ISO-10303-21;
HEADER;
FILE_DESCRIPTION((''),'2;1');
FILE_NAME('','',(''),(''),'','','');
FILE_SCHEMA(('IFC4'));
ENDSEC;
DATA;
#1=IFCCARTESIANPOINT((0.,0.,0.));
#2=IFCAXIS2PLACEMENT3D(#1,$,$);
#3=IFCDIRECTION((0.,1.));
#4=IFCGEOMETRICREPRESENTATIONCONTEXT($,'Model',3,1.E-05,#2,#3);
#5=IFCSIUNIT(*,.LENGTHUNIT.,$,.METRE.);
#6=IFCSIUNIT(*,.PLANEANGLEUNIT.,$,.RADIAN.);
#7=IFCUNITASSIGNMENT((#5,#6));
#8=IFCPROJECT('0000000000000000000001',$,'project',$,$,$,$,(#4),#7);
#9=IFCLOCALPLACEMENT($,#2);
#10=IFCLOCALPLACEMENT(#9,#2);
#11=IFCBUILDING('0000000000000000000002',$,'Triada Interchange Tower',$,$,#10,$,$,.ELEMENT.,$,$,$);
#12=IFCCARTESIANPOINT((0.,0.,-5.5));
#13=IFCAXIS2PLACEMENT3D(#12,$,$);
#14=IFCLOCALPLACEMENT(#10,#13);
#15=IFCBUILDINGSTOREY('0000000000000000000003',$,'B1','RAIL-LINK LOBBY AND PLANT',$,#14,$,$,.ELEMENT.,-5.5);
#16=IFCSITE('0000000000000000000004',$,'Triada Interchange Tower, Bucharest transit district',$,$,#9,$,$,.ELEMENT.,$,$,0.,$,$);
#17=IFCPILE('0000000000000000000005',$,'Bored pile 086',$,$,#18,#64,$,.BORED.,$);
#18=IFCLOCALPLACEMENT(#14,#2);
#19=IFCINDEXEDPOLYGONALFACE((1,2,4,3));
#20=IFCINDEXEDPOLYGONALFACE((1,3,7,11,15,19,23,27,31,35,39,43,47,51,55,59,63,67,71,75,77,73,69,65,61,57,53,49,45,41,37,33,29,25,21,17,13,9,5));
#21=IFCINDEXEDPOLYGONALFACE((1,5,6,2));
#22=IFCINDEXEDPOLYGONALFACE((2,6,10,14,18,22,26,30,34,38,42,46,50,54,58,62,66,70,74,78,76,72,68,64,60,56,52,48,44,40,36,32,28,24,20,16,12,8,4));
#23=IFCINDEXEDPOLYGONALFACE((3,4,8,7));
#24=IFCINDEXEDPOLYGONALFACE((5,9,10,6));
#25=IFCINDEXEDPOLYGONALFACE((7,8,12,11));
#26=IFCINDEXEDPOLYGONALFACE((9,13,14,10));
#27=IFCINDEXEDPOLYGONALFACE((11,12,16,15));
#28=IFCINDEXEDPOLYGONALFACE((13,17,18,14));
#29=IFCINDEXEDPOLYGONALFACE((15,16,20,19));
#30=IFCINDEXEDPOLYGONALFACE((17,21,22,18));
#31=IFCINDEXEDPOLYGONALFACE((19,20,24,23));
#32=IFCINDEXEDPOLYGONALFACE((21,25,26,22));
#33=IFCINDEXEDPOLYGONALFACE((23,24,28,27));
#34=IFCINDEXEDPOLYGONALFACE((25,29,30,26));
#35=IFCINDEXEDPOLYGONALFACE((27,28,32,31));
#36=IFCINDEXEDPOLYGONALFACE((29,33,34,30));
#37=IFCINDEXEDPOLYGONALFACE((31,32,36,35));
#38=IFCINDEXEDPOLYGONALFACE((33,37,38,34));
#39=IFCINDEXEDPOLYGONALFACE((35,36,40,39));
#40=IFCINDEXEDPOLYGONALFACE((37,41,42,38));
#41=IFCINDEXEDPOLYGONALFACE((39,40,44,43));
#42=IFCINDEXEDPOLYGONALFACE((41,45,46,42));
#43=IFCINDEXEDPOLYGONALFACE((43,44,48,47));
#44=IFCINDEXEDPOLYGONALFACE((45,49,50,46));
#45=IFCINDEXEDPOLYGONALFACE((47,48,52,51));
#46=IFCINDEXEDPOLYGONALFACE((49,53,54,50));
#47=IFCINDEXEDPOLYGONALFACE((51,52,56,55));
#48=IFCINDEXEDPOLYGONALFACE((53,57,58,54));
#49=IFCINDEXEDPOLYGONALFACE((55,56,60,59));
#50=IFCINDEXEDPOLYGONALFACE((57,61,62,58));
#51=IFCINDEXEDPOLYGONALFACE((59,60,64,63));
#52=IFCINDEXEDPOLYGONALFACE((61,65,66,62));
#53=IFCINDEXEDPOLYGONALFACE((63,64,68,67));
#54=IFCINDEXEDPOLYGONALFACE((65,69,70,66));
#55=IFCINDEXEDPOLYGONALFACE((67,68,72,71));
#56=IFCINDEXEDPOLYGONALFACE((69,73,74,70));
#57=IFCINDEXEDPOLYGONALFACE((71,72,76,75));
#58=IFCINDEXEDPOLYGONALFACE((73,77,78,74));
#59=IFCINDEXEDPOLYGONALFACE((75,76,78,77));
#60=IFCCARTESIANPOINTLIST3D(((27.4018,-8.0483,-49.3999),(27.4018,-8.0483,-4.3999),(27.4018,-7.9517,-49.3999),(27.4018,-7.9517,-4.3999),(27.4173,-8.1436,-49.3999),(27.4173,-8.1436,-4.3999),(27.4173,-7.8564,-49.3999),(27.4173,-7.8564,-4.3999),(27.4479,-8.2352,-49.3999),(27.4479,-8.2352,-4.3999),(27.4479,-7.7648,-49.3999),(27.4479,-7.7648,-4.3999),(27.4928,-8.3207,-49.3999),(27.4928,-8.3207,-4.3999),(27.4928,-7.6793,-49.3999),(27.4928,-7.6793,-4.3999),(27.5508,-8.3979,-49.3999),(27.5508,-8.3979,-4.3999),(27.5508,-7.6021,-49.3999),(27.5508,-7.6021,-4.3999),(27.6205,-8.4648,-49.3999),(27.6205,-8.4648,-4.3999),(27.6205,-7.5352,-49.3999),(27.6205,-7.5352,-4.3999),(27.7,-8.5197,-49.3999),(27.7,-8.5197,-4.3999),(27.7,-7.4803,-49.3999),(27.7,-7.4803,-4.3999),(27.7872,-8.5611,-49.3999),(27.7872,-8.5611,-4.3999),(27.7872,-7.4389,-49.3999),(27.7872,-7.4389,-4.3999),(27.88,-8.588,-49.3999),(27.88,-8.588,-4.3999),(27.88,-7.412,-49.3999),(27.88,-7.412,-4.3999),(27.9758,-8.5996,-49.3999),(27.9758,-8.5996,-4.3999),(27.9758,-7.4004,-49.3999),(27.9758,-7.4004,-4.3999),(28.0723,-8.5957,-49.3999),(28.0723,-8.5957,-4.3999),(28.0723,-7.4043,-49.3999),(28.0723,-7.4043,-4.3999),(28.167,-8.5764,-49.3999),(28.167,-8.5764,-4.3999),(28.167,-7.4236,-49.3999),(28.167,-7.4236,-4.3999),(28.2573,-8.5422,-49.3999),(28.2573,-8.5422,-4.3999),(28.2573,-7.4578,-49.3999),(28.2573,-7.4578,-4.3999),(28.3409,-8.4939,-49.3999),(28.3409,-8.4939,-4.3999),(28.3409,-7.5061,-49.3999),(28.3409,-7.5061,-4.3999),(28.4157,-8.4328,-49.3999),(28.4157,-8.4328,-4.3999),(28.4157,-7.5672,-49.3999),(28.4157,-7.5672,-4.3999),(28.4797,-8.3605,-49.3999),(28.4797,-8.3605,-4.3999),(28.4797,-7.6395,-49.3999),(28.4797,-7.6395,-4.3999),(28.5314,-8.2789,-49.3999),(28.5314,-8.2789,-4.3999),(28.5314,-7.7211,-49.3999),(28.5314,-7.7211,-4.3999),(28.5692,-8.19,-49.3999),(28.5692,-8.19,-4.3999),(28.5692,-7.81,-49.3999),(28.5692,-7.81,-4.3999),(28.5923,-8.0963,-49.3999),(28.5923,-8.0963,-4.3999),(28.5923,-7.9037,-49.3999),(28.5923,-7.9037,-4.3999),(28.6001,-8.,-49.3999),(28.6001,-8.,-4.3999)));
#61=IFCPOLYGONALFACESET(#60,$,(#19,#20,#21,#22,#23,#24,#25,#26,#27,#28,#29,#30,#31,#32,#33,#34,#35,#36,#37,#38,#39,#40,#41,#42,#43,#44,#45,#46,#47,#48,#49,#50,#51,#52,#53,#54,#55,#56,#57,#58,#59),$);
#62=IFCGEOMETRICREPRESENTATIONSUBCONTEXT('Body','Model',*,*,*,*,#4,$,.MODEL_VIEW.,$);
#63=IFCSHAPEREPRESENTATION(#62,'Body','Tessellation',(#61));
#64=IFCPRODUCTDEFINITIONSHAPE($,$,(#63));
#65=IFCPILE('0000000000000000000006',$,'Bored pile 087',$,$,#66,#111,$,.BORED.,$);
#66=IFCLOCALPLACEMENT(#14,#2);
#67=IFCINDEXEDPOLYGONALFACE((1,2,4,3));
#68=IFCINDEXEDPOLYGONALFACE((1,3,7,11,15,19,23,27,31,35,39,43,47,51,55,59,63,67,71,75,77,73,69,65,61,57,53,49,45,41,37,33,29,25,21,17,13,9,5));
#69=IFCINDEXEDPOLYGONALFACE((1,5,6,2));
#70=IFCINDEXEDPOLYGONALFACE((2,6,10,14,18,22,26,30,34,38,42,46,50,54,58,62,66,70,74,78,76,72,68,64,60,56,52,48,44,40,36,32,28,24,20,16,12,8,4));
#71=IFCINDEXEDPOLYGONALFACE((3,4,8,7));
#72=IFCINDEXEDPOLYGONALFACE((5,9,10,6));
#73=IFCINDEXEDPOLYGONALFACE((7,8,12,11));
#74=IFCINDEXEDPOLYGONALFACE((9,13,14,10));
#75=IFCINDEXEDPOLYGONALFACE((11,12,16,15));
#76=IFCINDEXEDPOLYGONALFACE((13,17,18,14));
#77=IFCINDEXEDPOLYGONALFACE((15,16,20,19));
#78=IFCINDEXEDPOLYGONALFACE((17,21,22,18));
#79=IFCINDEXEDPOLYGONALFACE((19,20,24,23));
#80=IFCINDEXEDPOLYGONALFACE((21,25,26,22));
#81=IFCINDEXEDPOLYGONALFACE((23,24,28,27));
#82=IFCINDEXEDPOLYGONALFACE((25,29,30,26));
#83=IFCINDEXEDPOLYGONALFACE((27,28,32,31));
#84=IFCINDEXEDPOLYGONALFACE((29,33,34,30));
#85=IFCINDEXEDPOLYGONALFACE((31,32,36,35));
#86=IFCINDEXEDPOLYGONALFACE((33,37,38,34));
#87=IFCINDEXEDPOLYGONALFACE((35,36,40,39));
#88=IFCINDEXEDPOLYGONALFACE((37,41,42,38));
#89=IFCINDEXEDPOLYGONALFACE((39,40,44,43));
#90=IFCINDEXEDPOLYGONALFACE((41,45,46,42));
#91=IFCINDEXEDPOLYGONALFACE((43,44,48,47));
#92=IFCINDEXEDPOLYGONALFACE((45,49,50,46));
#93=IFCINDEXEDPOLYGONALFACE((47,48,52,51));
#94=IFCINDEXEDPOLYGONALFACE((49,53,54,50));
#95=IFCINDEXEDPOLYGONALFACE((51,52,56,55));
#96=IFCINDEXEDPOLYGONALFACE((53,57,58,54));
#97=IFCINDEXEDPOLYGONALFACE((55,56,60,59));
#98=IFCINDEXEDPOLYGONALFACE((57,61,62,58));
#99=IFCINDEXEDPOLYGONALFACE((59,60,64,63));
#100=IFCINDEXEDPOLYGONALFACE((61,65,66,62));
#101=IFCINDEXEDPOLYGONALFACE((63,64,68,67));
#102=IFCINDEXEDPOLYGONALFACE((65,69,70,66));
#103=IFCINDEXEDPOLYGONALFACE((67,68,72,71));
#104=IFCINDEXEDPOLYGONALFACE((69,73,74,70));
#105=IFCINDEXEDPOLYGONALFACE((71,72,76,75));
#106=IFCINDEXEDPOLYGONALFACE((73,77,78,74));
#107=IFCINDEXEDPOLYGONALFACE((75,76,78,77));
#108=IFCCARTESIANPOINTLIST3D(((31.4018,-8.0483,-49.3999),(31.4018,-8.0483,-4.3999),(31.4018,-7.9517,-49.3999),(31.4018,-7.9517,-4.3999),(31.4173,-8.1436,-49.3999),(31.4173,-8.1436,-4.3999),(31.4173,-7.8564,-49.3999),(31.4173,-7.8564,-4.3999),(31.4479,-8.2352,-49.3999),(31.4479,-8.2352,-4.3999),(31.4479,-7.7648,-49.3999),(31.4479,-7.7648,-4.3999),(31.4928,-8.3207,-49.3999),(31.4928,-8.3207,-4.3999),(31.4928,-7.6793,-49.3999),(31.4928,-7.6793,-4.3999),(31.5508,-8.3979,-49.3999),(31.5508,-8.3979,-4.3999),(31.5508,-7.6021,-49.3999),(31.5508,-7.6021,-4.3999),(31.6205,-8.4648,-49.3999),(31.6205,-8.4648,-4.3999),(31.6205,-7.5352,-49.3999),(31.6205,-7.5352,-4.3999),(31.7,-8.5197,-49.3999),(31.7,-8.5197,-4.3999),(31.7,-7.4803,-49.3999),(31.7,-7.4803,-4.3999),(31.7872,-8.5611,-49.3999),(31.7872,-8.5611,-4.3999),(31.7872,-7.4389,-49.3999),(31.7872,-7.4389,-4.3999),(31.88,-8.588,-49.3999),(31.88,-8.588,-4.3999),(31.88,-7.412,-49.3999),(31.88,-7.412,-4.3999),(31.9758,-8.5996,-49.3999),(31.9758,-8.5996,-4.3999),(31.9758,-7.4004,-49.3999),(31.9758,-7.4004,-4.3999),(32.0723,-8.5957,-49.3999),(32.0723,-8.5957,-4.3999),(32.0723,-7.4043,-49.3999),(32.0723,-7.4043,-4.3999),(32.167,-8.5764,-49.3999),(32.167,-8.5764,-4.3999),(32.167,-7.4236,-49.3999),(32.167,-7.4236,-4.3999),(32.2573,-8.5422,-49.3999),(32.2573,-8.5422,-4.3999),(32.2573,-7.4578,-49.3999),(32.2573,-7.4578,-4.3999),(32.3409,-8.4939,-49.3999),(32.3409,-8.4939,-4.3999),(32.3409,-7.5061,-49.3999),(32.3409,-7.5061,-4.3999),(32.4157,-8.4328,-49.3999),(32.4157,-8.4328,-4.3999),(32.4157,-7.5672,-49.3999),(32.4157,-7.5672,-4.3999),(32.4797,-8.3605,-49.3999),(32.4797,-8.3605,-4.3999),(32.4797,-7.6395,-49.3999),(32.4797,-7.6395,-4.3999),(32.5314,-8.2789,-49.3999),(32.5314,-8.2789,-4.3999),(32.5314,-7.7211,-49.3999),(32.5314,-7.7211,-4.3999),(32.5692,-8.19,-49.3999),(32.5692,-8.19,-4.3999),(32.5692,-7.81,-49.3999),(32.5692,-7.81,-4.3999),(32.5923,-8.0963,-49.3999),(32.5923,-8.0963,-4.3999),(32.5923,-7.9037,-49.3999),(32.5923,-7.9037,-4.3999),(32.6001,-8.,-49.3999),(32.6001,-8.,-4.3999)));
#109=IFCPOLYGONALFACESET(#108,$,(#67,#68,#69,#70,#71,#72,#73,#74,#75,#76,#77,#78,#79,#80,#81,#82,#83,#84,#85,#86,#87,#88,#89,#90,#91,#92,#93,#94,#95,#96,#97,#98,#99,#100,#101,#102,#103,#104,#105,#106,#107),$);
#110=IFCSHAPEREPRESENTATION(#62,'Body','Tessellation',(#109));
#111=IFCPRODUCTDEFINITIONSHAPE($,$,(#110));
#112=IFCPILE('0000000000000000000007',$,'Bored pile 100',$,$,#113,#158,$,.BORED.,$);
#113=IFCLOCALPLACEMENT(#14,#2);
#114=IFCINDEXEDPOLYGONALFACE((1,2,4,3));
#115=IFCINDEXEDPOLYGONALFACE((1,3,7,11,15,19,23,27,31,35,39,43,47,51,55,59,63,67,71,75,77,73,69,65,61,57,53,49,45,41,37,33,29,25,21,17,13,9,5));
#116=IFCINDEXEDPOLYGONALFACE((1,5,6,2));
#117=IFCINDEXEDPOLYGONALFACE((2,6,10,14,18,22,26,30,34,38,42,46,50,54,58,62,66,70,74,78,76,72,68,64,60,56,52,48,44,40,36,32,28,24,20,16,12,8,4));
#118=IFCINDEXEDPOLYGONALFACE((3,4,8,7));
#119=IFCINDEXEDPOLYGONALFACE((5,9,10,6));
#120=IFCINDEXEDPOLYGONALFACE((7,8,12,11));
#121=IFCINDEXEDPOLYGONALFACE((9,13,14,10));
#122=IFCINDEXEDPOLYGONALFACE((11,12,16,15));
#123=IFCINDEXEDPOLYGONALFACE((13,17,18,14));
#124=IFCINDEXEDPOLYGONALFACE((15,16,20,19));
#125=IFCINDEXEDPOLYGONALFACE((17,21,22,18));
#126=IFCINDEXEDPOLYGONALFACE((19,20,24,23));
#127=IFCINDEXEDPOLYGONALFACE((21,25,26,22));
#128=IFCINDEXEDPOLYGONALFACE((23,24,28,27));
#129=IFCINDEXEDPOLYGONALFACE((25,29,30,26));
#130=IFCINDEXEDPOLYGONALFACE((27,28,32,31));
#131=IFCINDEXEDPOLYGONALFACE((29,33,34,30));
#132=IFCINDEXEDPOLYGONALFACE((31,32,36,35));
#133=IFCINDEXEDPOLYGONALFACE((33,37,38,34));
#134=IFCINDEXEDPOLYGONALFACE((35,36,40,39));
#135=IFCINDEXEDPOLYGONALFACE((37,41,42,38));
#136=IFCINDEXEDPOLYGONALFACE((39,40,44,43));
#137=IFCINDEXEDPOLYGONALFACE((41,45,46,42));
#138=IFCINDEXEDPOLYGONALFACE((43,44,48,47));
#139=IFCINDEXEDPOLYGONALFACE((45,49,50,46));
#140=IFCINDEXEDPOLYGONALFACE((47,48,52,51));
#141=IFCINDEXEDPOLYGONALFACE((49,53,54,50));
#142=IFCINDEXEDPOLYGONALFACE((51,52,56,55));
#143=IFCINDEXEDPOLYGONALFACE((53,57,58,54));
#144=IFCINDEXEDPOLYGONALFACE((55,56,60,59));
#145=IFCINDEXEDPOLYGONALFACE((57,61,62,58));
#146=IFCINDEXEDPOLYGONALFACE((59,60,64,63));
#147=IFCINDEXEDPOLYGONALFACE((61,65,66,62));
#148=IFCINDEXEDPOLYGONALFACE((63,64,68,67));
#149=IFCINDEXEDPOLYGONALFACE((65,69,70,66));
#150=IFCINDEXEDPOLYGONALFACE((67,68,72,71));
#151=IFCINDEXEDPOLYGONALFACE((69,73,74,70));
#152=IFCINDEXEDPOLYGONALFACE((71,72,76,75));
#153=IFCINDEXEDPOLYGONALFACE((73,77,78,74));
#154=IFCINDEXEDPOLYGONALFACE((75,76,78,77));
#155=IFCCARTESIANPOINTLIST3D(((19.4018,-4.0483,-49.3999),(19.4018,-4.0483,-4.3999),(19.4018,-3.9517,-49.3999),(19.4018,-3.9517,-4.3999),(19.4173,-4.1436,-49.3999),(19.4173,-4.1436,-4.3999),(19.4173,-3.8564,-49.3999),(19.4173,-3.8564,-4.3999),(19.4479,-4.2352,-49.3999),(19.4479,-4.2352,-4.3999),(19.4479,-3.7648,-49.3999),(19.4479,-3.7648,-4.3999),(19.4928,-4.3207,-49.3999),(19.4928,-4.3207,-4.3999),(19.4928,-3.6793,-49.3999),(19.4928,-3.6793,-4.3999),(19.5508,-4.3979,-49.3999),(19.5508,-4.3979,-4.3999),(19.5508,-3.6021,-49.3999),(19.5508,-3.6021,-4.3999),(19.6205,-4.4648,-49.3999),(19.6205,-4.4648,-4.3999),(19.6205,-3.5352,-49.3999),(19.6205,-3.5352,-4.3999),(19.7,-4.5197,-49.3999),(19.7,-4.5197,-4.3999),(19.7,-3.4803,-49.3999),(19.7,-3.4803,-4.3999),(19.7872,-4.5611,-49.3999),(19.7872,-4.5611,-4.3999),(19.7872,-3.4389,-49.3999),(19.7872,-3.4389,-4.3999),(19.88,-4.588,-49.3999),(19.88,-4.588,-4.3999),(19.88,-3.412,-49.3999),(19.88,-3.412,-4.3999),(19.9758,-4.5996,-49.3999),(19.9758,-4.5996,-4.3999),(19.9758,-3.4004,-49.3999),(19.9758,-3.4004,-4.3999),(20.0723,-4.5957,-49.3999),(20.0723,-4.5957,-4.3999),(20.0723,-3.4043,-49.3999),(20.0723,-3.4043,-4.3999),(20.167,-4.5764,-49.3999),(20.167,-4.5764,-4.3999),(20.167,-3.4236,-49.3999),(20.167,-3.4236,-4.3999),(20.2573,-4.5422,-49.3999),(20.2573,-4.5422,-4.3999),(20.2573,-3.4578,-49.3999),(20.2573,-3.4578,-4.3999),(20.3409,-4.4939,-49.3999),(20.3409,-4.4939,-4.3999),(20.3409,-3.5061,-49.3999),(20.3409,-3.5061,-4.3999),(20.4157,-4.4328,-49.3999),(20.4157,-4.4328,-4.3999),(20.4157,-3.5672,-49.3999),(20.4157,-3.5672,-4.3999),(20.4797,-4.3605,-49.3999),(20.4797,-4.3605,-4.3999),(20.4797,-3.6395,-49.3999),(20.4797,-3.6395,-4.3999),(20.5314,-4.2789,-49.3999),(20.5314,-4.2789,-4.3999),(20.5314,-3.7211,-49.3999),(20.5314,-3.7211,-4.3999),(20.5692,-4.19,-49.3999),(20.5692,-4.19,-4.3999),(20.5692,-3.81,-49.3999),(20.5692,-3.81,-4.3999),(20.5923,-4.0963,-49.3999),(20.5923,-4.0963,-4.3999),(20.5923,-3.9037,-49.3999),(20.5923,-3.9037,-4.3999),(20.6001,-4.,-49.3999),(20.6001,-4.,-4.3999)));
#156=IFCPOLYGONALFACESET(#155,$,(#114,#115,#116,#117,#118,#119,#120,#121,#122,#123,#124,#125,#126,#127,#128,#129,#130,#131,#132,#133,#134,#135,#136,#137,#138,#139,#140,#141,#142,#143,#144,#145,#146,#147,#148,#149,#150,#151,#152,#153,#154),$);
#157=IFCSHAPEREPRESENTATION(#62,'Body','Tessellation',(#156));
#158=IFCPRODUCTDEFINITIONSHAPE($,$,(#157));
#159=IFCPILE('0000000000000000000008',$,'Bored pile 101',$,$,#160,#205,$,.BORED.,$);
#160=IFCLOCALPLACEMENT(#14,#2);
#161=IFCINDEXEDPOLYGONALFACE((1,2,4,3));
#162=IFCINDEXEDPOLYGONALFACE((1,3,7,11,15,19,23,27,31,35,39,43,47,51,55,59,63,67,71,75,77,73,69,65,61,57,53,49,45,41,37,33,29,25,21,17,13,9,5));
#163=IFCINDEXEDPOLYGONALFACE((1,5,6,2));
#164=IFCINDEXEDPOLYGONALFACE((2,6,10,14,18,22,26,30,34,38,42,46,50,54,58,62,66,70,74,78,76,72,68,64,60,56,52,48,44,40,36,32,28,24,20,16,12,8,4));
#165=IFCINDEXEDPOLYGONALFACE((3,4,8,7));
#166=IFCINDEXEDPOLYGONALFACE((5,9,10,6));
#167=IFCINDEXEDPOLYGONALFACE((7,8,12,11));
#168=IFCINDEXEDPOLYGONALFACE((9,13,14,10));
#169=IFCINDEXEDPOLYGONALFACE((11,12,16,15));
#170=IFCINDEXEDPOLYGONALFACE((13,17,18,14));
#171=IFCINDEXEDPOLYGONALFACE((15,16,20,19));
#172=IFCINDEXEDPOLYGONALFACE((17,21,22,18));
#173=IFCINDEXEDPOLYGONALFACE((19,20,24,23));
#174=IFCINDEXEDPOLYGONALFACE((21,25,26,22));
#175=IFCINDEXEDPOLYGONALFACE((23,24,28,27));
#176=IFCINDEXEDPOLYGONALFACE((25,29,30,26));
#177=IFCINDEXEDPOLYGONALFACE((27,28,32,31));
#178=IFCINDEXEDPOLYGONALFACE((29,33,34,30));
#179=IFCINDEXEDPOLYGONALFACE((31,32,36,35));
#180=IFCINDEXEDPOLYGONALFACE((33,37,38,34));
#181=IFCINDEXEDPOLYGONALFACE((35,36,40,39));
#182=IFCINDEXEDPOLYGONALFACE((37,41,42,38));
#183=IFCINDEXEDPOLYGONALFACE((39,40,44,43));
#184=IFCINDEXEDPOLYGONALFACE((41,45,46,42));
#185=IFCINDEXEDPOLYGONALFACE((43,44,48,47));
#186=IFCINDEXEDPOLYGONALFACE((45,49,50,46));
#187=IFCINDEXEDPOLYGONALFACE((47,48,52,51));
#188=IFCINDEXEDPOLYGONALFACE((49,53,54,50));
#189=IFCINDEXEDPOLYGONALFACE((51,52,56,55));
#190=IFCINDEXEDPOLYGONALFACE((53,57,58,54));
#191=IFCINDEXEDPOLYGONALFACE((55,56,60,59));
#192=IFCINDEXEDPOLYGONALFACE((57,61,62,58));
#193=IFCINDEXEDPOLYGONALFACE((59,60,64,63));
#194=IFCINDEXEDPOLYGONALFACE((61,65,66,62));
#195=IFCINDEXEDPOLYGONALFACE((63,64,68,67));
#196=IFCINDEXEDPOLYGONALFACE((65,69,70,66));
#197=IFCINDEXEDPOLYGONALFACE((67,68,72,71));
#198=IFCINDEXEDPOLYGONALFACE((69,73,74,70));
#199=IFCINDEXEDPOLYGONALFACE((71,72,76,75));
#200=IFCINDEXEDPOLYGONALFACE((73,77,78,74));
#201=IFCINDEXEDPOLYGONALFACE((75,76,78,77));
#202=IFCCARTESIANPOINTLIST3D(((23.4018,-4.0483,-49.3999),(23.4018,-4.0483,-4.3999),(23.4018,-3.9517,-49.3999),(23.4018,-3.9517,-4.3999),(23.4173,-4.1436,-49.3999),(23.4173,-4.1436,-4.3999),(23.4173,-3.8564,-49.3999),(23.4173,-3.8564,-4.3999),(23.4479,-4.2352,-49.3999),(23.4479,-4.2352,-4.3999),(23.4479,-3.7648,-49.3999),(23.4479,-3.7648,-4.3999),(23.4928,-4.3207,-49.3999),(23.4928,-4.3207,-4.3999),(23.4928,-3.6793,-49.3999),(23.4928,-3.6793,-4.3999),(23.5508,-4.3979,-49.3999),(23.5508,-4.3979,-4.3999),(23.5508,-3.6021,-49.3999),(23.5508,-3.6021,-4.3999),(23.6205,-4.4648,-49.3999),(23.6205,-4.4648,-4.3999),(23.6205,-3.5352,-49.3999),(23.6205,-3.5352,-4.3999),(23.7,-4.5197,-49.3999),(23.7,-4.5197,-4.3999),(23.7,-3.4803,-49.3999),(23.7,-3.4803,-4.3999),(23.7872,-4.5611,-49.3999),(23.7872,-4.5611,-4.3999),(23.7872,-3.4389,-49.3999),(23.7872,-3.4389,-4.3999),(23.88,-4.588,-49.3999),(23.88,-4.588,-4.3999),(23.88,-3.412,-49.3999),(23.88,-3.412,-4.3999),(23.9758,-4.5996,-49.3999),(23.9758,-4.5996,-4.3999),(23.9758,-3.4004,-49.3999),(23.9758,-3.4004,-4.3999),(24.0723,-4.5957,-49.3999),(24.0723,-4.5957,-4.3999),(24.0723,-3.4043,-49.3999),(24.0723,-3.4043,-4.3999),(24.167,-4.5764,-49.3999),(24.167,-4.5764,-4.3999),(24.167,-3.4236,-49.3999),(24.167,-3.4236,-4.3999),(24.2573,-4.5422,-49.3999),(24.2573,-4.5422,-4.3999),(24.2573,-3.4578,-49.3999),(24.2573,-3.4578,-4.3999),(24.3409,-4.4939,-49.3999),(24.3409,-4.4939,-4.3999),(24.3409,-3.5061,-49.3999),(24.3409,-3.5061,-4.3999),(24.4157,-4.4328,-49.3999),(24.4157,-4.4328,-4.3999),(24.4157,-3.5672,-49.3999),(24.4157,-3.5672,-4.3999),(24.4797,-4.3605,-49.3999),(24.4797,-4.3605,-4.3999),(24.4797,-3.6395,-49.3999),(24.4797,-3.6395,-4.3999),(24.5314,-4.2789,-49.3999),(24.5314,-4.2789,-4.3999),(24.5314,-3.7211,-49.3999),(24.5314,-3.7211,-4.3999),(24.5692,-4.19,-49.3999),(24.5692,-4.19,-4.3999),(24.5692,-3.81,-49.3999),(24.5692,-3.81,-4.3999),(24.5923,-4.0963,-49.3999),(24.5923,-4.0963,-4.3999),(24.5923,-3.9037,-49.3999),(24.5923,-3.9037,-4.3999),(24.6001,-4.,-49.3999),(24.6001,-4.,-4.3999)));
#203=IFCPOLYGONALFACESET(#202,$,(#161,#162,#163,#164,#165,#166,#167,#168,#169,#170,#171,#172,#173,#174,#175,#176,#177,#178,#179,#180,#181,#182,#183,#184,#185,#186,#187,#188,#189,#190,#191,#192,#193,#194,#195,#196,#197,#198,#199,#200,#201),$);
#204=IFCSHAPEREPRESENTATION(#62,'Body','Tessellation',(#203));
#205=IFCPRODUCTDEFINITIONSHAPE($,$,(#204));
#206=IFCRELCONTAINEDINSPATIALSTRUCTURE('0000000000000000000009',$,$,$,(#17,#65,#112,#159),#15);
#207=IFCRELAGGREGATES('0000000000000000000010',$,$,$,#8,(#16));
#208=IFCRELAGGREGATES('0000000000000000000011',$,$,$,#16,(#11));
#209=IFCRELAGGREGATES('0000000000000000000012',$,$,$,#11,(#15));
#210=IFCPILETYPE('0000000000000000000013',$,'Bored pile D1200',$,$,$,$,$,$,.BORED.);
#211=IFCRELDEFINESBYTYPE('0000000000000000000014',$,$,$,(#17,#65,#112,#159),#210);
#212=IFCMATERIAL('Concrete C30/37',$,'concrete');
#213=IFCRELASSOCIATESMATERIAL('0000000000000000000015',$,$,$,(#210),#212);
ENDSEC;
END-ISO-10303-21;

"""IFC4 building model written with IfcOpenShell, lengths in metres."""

from ifc_helpers import new_model, si_unit, direction, frame, origin, origin_2d, place, context, subcontext, project, spatial, circle, extrude, material, material_profile, profile_set, type_object, element, save


model = new_model("IFC4")

# Units and contexts
model_context = context("Model", 3, precision=1e-05, world=origin(), true_north=direction((0.0, 1.0)))
body_context = subcontext(model_context, "Body", "Model", "MODEL_VIEW")
ifc_project = project(units=[si_unit("LENGTHUNIT", "METRE"), si_unit("PLANEANGLEUNIT", "RADIAN")], contexts=[model_context])

# Site, building, storey
site_placement = place(None, origin())
site = spatial("IfcSite", under=ifc_project, at=site_placement, Name="Triada Interchange Tower, Bucharest transit district", CompositionType="ELEMENT", RefElevation=0.0)
building_placement = place(site_placement, origin())
building = spatial("IfcBuilding", under=site, at=building_placement, Name="Triada Interchange Tower", CompositionType="ELEMENT")
storey_placement = place(building_placement, frame((0.0, 0.0, -5.5)))
storey = spatial("IfcBuildingStorey", under=building, at=storey_placement, Name="B1", Description="RAIL-LINK LOBBY AND PLANT", CompositionType="ELEMENT", Elevation=-5.5)

# Piles
ifc_material_1 = material(Name="Concrete C30/37", Category="concrete")
ifc_material_profile_1 = material_profile(ifc_material_1, circle(Radius=0.6001, at=origin_2d()), Name="RC D1200")
ifc_profile_set_1 = profile_set([ifc_material_profile_1], Name="Concrete C30/37")
pile_type = type_object("IfcPileType", Name="Bored pile D1200", PredefinedType="BORED", material=ifc_profile_set_1)
for number, where, z_axis, x_axis, name in (
    (1, (28.0, -8.0, -4.3999), (0.0, 0.0, -1.0), (1.0, 0.0, 0.0), "Bored pile 086"),
    (2, (32.0, -8.0, -4.3999), (0.0, 0.0, -1.0), (1.0, 0.0, 0.0), "Bored pile 087"),
    (3, (20.0, -4.0, -4.3999), (0.0, 0.0, -1.0), (1.0, 0.0, 0.0), "Bored pile 100"),
    (4, (24.0, -4.0, -4.3999), (0.0, 0.0, -1.0), (1.0, 0.0, 0.0), "Bored pile 101"),
):
    element("IfcPile", number, at=place(storey_placement, frame(where, z_axis=z_axis, x_axis=x_axis)), inside=storey, type_object=pile_type, Name=name, PredefinedType="BORED", context=body_context, shape_type="SweptSolid", body=[
        extrude(circle(Radius=0.6001, at=origin_2d()), origin(), (0.0, 0.0, 1.0), 45.0),
    ])

save(model, "model.ifc")
